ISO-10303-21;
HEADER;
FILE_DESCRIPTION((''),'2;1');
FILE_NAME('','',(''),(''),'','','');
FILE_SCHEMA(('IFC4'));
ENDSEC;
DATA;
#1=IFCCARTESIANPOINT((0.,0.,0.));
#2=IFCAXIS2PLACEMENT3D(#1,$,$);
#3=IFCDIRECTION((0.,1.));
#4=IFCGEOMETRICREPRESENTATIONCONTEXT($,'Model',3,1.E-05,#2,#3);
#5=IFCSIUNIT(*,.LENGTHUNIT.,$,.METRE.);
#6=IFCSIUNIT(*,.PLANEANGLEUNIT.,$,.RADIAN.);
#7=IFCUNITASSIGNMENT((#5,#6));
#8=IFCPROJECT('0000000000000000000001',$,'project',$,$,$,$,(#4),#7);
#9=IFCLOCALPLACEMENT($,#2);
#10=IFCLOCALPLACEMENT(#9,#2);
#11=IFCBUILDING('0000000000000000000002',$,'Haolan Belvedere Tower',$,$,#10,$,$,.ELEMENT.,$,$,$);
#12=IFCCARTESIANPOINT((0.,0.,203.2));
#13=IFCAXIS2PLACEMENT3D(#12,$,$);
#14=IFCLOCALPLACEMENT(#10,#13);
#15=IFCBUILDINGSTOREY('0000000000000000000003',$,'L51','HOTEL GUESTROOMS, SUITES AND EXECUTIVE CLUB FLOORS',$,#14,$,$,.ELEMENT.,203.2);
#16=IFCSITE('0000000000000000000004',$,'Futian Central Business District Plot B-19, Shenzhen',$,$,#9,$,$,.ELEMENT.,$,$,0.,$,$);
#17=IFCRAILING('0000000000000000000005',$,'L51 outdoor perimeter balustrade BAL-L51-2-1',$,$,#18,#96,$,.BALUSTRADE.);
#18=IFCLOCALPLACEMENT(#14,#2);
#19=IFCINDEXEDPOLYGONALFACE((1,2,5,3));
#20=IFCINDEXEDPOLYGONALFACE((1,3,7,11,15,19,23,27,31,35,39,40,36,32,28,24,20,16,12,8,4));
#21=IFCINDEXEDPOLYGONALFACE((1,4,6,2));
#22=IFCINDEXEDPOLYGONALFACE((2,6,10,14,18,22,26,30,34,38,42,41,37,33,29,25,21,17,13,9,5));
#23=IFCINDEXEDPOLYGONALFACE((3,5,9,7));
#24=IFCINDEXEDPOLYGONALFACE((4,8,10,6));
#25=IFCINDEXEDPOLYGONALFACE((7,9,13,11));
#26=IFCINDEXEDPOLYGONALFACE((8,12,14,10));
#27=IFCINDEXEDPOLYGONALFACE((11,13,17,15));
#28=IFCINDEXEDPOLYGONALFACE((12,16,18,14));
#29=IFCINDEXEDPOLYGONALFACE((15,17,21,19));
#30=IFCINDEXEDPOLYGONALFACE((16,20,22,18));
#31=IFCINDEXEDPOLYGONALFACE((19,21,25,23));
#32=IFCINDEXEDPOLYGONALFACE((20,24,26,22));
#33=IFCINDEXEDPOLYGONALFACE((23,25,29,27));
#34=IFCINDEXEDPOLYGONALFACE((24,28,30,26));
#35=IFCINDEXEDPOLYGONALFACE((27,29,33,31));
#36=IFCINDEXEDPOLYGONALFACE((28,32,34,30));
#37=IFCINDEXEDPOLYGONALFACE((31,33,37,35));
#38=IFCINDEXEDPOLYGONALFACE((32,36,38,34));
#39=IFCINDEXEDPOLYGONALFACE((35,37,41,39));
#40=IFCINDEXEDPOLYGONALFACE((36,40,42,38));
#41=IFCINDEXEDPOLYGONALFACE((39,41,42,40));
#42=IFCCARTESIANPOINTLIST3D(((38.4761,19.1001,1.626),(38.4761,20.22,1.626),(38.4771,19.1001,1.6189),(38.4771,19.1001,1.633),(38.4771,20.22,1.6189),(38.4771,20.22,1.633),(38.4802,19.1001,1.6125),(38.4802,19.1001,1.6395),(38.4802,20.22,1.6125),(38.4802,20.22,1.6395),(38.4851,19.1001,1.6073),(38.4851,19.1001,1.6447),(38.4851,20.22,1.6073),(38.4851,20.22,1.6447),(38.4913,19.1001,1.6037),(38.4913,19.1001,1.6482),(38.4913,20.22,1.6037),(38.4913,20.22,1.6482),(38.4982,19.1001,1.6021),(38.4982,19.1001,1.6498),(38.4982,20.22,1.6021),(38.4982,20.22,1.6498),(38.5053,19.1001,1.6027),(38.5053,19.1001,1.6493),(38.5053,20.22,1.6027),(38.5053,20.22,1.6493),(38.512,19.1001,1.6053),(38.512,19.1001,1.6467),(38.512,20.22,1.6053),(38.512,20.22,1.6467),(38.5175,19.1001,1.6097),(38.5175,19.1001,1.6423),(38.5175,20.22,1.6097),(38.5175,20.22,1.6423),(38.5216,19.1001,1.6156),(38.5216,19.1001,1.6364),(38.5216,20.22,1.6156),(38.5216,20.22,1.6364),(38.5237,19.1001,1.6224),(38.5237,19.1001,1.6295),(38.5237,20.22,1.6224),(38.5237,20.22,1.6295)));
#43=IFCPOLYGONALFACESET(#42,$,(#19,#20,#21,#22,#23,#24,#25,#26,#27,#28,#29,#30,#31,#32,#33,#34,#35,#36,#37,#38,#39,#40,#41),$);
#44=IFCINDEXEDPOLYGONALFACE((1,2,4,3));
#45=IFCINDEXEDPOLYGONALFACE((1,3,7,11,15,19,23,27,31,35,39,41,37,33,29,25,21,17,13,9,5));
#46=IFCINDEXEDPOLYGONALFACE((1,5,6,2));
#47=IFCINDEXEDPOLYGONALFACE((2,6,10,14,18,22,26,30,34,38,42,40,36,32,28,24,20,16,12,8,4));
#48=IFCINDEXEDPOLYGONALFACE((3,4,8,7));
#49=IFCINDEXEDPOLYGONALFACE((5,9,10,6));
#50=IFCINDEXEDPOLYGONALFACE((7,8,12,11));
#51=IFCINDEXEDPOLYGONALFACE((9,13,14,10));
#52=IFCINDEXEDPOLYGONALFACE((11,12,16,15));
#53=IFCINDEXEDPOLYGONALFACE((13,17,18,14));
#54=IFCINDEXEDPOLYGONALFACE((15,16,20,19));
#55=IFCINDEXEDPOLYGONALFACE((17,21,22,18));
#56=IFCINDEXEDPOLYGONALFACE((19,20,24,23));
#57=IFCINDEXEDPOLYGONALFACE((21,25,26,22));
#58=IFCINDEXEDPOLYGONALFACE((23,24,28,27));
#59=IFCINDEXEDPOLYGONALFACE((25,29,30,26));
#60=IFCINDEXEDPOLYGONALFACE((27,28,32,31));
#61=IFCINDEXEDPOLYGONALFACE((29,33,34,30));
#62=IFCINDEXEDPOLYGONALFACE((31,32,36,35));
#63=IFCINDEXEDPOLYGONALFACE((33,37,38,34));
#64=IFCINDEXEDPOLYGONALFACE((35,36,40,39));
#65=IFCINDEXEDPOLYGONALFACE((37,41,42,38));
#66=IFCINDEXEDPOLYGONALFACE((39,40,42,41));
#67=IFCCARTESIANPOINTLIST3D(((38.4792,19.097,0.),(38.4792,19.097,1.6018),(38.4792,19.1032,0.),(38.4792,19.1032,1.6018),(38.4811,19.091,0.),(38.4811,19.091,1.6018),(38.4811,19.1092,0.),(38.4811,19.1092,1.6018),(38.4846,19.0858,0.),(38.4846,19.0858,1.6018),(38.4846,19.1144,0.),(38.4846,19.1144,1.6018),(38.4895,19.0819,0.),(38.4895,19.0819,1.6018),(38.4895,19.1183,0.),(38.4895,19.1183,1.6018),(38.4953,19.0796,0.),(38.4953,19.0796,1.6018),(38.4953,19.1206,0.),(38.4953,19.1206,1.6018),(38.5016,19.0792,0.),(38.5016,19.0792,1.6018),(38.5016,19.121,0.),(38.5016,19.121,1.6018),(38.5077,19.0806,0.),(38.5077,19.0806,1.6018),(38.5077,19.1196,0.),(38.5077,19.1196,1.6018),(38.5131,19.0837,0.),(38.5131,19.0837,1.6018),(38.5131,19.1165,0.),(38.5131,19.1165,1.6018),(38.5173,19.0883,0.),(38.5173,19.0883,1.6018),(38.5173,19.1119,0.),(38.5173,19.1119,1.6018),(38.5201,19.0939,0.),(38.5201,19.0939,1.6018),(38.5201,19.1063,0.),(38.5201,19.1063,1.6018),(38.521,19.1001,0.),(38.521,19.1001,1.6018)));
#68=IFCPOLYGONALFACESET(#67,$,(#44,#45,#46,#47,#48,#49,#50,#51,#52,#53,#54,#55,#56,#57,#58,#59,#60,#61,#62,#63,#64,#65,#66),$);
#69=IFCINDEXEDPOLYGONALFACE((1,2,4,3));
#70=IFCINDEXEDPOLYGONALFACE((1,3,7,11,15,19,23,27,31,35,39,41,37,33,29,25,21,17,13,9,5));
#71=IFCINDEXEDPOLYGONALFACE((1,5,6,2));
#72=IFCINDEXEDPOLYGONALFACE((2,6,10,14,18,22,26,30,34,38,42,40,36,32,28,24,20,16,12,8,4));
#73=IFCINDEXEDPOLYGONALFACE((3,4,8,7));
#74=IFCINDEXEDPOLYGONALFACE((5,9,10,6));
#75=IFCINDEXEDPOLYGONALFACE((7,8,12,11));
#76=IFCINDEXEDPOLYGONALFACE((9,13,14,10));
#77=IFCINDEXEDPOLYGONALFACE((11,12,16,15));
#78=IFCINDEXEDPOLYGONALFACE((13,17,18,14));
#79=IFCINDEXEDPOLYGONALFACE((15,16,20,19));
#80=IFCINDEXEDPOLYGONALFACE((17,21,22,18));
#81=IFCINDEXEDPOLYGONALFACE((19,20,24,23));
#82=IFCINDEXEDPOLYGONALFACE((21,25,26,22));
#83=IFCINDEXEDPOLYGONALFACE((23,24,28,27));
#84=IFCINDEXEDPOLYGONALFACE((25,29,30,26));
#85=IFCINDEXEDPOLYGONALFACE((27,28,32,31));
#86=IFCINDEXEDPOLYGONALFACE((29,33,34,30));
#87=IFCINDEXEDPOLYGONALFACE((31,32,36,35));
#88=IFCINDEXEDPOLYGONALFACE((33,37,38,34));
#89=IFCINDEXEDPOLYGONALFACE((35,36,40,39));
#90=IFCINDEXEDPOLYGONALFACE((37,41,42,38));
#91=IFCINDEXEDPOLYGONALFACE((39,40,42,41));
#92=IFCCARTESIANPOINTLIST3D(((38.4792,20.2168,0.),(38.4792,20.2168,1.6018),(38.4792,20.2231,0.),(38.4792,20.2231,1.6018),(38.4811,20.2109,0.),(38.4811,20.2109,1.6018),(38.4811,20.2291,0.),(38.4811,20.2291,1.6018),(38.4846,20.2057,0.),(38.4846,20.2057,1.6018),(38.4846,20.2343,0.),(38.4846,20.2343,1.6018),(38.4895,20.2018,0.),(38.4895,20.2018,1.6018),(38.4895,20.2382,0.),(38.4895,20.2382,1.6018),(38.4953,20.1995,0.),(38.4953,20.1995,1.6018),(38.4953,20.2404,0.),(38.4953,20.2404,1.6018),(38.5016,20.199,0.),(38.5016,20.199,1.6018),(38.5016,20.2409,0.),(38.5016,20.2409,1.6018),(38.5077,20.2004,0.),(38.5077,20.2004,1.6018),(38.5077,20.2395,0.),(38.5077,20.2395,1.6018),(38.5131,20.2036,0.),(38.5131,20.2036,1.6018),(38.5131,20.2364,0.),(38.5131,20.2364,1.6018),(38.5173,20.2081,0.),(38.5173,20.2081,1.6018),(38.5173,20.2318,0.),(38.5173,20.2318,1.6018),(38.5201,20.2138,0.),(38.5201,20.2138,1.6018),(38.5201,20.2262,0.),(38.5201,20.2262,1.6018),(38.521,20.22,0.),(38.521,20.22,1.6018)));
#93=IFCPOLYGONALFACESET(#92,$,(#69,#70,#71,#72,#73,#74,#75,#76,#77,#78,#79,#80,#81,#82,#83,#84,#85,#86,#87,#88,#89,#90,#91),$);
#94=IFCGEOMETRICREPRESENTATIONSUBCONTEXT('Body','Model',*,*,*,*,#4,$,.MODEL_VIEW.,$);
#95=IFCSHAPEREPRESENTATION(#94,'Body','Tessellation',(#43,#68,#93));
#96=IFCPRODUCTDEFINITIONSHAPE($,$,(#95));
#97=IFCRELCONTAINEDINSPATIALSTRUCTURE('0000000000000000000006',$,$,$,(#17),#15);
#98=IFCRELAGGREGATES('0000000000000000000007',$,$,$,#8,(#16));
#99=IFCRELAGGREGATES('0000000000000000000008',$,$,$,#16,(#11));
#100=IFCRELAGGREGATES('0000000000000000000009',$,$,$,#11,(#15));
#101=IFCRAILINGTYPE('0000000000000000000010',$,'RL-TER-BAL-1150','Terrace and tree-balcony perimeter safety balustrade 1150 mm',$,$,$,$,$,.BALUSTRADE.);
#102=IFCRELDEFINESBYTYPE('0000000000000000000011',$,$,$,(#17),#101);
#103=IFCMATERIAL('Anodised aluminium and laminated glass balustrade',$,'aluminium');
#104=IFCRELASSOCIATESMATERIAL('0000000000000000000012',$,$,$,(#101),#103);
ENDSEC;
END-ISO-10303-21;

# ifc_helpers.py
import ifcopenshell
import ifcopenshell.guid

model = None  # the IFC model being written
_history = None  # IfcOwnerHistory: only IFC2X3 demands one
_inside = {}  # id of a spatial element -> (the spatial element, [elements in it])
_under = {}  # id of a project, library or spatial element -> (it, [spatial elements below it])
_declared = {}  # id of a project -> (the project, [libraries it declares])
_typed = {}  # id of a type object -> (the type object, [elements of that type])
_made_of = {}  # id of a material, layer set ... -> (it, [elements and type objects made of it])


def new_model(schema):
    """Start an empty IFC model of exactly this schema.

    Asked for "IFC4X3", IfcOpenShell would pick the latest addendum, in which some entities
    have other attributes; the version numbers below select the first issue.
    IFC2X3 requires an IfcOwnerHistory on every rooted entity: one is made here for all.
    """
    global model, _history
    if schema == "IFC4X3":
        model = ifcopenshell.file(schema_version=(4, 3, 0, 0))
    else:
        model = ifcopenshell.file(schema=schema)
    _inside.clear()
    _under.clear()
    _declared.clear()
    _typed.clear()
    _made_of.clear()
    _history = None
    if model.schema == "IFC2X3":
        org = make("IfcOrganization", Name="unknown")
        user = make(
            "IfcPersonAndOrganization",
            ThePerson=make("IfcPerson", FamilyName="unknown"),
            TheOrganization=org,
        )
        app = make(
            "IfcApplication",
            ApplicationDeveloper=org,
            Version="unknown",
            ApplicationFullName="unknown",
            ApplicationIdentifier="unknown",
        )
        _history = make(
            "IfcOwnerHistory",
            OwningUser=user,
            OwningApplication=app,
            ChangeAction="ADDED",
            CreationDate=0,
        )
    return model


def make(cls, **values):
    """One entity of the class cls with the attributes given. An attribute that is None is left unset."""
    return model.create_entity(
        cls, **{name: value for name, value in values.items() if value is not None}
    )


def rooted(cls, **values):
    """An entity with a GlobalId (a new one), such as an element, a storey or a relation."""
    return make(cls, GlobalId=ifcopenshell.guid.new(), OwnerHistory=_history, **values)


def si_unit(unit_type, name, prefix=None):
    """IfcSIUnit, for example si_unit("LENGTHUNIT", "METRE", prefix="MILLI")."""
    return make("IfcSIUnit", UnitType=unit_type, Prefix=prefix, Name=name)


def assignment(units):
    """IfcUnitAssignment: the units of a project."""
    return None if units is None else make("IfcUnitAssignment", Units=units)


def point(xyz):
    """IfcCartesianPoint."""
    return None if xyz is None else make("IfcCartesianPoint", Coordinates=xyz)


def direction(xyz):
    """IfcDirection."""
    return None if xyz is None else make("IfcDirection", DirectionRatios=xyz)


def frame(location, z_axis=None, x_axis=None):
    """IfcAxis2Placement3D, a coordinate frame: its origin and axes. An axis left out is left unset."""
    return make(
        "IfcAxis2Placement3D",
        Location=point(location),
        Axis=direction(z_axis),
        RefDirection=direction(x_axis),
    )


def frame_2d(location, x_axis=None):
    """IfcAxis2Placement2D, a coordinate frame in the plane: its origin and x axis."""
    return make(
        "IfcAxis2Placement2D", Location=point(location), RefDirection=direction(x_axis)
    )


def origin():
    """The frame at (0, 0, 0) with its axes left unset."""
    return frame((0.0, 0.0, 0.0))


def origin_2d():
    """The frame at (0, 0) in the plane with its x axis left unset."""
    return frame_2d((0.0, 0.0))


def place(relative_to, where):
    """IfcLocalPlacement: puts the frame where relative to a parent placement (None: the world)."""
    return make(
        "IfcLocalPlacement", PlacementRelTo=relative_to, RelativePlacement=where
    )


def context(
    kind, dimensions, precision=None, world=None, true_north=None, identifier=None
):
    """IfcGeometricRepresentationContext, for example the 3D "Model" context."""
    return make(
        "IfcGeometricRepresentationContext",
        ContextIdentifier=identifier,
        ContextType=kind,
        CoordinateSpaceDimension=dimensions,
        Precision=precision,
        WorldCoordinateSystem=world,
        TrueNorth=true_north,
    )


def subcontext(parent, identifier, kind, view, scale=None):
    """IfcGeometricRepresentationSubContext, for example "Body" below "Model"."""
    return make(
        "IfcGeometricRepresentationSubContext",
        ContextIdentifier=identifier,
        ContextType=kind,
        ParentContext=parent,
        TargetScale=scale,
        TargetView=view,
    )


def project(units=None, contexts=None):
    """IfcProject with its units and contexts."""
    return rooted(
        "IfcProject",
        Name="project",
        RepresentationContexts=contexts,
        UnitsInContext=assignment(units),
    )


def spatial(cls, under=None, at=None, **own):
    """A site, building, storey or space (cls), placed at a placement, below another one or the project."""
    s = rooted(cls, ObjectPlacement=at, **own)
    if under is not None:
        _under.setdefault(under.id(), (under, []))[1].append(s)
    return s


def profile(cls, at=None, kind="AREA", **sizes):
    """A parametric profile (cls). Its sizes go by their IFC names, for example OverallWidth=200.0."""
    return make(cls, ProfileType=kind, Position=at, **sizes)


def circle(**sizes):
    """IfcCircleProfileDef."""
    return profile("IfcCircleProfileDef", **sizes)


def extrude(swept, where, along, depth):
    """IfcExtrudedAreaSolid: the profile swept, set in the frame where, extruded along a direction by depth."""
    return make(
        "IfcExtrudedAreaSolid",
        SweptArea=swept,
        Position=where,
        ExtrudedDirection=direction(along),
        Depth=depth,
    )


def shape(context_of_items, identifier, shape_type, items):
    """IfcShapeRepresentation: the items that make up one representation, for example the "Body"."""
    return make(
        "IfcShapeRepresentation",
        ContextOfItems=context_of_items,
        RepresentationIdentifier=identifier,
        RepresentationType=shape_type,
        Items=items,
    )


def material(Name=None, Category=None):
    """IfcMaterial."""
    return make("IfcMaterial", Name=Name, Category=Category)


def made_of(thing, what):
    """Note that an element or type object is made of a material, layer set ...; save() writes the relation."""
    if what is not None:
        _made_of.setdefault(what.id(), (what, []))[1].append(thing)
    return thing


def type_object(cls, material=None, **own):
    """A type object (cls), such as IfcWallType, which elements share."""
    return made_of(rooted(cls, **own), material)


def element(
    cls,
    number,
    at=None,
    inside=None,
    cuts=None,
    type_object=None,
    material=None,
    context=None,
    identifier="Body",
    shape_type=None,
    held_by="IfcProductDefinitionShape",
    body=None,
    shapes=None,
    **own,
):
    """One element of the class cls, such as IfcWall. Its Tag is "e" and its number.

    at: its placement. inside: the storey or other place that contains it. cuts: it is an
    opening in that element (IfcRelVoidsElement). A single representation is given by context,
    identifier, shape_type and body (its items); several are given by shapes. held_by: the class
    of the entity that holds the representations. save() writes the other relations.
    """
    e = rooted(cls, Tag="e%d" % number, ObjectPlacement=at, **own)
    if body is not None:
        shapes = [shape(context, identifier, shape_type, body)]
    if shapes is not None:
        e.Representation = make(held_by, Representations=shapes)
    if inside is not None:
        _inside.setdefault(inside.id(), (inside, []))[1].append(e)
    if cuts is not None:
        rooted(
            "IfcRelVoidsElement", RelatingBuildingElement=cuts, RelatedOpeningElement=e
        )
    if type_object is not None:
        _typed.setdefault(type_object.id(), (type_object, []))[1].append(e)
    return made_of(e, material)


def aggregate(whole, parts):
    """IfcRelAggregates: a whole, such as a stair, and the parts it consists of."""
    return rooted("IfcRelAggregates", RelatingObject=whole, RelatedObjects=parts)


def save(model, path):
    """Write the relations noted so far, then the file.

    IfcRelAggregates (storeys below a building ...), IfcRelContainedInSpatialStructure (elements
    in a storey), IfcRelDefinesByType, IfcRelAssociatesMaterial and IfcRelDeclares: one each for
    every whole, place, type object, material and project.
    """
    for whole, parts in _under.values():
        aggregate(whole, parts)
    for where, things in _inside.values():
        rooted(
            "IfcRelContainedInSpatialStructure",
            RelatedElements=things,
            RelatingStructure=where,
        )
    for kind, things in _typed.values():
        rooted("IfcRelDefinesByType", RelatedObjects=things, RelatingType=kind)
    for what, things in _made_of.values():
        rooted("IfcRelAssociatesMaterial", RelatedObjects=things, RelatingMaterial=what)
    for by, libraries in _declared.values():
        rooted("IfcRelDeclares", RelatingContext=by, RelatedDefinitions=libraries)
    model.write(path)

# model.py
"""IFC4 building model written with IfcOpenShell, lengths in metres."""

from ifc_helpers import new_model, si_unit, direction, frame, origin, origin_2d, place, context, subcontext, project, spatial, circle, extrude, material, type_object, element, save


model = new_model("IFC4")

# Units and contexts
model_context = context("Model", 3, precision=1e-05, world=origin(), true_north=direction((0.0, 1.0)))
body_context = subcontext(model_context, "Body", "Model", "MODEL_VIEW")
ifc_project = project(units=[si_unit("LENGTHUNIT", "METRE"), si_unit("PLANEANGLEUNIT", "RADIAN")], contexts=[model_context])

# Site, building, storey
site_placement = place(None, origin())
site = spatial("IfcSite", under=ifc_project, at=site_placement, Name="Futian Central Business District Plot B-19, Shenzhen", CompositionType="ELEMENT", RefElevation=0.0)
building_placement = place(site_placement, origin())
building = spatial("IfcBuilding", under=site, at=building_placement, Name="Haolan Belvedere Tower", CompositionType="ELEMENT")
storey_placement = place(building_placement, frame((0.0, 0.0, 203.2)))
storey = spatial("IfcBuildingStorey", under=building, at=storey_placement, Name="L51", Description="HOTEL GUESTROOMS, SUITES AND EXECUTIVE CLUB FLOORS", CompositionType="ELEMENT", Elevation=203.2)

# Railing
ifc_material_1 = material(Name="Anodised aluminium and laminated glass balustrade", Category="aluminium")
railing_type = type_object("IfcRailingType", Name="RL-TER-BAL-1150", Description="Terrace and tree-balcony perimeter safety balustrade 1150 mm", PredefinedType="BALUSTRADE", material=ifc_material_1)
railing_1_placement = place(storey_placement, frame((38.5, 19.1001, 0.0)))
element("IfcRailing", 1, at=railing_1_placement, inside=storey, type_object=railing_type, Name="L51 outdoor perimeter balustrade BAL-L51-2-1", PredefinedType="BALUSTRADE", context=body_context, shape_type="SweptSolid", body=[
    extrude(circle(Radius=0.0239, at=origin_2d()), frame((0.0, 0.0, 1.626), z_axis=(0.0, 1.0, 0.0), x_axis=(-1.0, 0.0, 0.0)), (0.0, 0.0, 1.0), 1.1199),
    extrude(circle(Radius=0.021, at=origin_2d()), origin(), (0.0, 0.0, 1.0), 1.6018),
    extrude(circle(Radius=0.021, at=origin_2d()), frame((0.0, 1.1199, 0.0)), (0.0, 0.0, 1.0), 1.6018),
])

save(model, "model.ifc")
